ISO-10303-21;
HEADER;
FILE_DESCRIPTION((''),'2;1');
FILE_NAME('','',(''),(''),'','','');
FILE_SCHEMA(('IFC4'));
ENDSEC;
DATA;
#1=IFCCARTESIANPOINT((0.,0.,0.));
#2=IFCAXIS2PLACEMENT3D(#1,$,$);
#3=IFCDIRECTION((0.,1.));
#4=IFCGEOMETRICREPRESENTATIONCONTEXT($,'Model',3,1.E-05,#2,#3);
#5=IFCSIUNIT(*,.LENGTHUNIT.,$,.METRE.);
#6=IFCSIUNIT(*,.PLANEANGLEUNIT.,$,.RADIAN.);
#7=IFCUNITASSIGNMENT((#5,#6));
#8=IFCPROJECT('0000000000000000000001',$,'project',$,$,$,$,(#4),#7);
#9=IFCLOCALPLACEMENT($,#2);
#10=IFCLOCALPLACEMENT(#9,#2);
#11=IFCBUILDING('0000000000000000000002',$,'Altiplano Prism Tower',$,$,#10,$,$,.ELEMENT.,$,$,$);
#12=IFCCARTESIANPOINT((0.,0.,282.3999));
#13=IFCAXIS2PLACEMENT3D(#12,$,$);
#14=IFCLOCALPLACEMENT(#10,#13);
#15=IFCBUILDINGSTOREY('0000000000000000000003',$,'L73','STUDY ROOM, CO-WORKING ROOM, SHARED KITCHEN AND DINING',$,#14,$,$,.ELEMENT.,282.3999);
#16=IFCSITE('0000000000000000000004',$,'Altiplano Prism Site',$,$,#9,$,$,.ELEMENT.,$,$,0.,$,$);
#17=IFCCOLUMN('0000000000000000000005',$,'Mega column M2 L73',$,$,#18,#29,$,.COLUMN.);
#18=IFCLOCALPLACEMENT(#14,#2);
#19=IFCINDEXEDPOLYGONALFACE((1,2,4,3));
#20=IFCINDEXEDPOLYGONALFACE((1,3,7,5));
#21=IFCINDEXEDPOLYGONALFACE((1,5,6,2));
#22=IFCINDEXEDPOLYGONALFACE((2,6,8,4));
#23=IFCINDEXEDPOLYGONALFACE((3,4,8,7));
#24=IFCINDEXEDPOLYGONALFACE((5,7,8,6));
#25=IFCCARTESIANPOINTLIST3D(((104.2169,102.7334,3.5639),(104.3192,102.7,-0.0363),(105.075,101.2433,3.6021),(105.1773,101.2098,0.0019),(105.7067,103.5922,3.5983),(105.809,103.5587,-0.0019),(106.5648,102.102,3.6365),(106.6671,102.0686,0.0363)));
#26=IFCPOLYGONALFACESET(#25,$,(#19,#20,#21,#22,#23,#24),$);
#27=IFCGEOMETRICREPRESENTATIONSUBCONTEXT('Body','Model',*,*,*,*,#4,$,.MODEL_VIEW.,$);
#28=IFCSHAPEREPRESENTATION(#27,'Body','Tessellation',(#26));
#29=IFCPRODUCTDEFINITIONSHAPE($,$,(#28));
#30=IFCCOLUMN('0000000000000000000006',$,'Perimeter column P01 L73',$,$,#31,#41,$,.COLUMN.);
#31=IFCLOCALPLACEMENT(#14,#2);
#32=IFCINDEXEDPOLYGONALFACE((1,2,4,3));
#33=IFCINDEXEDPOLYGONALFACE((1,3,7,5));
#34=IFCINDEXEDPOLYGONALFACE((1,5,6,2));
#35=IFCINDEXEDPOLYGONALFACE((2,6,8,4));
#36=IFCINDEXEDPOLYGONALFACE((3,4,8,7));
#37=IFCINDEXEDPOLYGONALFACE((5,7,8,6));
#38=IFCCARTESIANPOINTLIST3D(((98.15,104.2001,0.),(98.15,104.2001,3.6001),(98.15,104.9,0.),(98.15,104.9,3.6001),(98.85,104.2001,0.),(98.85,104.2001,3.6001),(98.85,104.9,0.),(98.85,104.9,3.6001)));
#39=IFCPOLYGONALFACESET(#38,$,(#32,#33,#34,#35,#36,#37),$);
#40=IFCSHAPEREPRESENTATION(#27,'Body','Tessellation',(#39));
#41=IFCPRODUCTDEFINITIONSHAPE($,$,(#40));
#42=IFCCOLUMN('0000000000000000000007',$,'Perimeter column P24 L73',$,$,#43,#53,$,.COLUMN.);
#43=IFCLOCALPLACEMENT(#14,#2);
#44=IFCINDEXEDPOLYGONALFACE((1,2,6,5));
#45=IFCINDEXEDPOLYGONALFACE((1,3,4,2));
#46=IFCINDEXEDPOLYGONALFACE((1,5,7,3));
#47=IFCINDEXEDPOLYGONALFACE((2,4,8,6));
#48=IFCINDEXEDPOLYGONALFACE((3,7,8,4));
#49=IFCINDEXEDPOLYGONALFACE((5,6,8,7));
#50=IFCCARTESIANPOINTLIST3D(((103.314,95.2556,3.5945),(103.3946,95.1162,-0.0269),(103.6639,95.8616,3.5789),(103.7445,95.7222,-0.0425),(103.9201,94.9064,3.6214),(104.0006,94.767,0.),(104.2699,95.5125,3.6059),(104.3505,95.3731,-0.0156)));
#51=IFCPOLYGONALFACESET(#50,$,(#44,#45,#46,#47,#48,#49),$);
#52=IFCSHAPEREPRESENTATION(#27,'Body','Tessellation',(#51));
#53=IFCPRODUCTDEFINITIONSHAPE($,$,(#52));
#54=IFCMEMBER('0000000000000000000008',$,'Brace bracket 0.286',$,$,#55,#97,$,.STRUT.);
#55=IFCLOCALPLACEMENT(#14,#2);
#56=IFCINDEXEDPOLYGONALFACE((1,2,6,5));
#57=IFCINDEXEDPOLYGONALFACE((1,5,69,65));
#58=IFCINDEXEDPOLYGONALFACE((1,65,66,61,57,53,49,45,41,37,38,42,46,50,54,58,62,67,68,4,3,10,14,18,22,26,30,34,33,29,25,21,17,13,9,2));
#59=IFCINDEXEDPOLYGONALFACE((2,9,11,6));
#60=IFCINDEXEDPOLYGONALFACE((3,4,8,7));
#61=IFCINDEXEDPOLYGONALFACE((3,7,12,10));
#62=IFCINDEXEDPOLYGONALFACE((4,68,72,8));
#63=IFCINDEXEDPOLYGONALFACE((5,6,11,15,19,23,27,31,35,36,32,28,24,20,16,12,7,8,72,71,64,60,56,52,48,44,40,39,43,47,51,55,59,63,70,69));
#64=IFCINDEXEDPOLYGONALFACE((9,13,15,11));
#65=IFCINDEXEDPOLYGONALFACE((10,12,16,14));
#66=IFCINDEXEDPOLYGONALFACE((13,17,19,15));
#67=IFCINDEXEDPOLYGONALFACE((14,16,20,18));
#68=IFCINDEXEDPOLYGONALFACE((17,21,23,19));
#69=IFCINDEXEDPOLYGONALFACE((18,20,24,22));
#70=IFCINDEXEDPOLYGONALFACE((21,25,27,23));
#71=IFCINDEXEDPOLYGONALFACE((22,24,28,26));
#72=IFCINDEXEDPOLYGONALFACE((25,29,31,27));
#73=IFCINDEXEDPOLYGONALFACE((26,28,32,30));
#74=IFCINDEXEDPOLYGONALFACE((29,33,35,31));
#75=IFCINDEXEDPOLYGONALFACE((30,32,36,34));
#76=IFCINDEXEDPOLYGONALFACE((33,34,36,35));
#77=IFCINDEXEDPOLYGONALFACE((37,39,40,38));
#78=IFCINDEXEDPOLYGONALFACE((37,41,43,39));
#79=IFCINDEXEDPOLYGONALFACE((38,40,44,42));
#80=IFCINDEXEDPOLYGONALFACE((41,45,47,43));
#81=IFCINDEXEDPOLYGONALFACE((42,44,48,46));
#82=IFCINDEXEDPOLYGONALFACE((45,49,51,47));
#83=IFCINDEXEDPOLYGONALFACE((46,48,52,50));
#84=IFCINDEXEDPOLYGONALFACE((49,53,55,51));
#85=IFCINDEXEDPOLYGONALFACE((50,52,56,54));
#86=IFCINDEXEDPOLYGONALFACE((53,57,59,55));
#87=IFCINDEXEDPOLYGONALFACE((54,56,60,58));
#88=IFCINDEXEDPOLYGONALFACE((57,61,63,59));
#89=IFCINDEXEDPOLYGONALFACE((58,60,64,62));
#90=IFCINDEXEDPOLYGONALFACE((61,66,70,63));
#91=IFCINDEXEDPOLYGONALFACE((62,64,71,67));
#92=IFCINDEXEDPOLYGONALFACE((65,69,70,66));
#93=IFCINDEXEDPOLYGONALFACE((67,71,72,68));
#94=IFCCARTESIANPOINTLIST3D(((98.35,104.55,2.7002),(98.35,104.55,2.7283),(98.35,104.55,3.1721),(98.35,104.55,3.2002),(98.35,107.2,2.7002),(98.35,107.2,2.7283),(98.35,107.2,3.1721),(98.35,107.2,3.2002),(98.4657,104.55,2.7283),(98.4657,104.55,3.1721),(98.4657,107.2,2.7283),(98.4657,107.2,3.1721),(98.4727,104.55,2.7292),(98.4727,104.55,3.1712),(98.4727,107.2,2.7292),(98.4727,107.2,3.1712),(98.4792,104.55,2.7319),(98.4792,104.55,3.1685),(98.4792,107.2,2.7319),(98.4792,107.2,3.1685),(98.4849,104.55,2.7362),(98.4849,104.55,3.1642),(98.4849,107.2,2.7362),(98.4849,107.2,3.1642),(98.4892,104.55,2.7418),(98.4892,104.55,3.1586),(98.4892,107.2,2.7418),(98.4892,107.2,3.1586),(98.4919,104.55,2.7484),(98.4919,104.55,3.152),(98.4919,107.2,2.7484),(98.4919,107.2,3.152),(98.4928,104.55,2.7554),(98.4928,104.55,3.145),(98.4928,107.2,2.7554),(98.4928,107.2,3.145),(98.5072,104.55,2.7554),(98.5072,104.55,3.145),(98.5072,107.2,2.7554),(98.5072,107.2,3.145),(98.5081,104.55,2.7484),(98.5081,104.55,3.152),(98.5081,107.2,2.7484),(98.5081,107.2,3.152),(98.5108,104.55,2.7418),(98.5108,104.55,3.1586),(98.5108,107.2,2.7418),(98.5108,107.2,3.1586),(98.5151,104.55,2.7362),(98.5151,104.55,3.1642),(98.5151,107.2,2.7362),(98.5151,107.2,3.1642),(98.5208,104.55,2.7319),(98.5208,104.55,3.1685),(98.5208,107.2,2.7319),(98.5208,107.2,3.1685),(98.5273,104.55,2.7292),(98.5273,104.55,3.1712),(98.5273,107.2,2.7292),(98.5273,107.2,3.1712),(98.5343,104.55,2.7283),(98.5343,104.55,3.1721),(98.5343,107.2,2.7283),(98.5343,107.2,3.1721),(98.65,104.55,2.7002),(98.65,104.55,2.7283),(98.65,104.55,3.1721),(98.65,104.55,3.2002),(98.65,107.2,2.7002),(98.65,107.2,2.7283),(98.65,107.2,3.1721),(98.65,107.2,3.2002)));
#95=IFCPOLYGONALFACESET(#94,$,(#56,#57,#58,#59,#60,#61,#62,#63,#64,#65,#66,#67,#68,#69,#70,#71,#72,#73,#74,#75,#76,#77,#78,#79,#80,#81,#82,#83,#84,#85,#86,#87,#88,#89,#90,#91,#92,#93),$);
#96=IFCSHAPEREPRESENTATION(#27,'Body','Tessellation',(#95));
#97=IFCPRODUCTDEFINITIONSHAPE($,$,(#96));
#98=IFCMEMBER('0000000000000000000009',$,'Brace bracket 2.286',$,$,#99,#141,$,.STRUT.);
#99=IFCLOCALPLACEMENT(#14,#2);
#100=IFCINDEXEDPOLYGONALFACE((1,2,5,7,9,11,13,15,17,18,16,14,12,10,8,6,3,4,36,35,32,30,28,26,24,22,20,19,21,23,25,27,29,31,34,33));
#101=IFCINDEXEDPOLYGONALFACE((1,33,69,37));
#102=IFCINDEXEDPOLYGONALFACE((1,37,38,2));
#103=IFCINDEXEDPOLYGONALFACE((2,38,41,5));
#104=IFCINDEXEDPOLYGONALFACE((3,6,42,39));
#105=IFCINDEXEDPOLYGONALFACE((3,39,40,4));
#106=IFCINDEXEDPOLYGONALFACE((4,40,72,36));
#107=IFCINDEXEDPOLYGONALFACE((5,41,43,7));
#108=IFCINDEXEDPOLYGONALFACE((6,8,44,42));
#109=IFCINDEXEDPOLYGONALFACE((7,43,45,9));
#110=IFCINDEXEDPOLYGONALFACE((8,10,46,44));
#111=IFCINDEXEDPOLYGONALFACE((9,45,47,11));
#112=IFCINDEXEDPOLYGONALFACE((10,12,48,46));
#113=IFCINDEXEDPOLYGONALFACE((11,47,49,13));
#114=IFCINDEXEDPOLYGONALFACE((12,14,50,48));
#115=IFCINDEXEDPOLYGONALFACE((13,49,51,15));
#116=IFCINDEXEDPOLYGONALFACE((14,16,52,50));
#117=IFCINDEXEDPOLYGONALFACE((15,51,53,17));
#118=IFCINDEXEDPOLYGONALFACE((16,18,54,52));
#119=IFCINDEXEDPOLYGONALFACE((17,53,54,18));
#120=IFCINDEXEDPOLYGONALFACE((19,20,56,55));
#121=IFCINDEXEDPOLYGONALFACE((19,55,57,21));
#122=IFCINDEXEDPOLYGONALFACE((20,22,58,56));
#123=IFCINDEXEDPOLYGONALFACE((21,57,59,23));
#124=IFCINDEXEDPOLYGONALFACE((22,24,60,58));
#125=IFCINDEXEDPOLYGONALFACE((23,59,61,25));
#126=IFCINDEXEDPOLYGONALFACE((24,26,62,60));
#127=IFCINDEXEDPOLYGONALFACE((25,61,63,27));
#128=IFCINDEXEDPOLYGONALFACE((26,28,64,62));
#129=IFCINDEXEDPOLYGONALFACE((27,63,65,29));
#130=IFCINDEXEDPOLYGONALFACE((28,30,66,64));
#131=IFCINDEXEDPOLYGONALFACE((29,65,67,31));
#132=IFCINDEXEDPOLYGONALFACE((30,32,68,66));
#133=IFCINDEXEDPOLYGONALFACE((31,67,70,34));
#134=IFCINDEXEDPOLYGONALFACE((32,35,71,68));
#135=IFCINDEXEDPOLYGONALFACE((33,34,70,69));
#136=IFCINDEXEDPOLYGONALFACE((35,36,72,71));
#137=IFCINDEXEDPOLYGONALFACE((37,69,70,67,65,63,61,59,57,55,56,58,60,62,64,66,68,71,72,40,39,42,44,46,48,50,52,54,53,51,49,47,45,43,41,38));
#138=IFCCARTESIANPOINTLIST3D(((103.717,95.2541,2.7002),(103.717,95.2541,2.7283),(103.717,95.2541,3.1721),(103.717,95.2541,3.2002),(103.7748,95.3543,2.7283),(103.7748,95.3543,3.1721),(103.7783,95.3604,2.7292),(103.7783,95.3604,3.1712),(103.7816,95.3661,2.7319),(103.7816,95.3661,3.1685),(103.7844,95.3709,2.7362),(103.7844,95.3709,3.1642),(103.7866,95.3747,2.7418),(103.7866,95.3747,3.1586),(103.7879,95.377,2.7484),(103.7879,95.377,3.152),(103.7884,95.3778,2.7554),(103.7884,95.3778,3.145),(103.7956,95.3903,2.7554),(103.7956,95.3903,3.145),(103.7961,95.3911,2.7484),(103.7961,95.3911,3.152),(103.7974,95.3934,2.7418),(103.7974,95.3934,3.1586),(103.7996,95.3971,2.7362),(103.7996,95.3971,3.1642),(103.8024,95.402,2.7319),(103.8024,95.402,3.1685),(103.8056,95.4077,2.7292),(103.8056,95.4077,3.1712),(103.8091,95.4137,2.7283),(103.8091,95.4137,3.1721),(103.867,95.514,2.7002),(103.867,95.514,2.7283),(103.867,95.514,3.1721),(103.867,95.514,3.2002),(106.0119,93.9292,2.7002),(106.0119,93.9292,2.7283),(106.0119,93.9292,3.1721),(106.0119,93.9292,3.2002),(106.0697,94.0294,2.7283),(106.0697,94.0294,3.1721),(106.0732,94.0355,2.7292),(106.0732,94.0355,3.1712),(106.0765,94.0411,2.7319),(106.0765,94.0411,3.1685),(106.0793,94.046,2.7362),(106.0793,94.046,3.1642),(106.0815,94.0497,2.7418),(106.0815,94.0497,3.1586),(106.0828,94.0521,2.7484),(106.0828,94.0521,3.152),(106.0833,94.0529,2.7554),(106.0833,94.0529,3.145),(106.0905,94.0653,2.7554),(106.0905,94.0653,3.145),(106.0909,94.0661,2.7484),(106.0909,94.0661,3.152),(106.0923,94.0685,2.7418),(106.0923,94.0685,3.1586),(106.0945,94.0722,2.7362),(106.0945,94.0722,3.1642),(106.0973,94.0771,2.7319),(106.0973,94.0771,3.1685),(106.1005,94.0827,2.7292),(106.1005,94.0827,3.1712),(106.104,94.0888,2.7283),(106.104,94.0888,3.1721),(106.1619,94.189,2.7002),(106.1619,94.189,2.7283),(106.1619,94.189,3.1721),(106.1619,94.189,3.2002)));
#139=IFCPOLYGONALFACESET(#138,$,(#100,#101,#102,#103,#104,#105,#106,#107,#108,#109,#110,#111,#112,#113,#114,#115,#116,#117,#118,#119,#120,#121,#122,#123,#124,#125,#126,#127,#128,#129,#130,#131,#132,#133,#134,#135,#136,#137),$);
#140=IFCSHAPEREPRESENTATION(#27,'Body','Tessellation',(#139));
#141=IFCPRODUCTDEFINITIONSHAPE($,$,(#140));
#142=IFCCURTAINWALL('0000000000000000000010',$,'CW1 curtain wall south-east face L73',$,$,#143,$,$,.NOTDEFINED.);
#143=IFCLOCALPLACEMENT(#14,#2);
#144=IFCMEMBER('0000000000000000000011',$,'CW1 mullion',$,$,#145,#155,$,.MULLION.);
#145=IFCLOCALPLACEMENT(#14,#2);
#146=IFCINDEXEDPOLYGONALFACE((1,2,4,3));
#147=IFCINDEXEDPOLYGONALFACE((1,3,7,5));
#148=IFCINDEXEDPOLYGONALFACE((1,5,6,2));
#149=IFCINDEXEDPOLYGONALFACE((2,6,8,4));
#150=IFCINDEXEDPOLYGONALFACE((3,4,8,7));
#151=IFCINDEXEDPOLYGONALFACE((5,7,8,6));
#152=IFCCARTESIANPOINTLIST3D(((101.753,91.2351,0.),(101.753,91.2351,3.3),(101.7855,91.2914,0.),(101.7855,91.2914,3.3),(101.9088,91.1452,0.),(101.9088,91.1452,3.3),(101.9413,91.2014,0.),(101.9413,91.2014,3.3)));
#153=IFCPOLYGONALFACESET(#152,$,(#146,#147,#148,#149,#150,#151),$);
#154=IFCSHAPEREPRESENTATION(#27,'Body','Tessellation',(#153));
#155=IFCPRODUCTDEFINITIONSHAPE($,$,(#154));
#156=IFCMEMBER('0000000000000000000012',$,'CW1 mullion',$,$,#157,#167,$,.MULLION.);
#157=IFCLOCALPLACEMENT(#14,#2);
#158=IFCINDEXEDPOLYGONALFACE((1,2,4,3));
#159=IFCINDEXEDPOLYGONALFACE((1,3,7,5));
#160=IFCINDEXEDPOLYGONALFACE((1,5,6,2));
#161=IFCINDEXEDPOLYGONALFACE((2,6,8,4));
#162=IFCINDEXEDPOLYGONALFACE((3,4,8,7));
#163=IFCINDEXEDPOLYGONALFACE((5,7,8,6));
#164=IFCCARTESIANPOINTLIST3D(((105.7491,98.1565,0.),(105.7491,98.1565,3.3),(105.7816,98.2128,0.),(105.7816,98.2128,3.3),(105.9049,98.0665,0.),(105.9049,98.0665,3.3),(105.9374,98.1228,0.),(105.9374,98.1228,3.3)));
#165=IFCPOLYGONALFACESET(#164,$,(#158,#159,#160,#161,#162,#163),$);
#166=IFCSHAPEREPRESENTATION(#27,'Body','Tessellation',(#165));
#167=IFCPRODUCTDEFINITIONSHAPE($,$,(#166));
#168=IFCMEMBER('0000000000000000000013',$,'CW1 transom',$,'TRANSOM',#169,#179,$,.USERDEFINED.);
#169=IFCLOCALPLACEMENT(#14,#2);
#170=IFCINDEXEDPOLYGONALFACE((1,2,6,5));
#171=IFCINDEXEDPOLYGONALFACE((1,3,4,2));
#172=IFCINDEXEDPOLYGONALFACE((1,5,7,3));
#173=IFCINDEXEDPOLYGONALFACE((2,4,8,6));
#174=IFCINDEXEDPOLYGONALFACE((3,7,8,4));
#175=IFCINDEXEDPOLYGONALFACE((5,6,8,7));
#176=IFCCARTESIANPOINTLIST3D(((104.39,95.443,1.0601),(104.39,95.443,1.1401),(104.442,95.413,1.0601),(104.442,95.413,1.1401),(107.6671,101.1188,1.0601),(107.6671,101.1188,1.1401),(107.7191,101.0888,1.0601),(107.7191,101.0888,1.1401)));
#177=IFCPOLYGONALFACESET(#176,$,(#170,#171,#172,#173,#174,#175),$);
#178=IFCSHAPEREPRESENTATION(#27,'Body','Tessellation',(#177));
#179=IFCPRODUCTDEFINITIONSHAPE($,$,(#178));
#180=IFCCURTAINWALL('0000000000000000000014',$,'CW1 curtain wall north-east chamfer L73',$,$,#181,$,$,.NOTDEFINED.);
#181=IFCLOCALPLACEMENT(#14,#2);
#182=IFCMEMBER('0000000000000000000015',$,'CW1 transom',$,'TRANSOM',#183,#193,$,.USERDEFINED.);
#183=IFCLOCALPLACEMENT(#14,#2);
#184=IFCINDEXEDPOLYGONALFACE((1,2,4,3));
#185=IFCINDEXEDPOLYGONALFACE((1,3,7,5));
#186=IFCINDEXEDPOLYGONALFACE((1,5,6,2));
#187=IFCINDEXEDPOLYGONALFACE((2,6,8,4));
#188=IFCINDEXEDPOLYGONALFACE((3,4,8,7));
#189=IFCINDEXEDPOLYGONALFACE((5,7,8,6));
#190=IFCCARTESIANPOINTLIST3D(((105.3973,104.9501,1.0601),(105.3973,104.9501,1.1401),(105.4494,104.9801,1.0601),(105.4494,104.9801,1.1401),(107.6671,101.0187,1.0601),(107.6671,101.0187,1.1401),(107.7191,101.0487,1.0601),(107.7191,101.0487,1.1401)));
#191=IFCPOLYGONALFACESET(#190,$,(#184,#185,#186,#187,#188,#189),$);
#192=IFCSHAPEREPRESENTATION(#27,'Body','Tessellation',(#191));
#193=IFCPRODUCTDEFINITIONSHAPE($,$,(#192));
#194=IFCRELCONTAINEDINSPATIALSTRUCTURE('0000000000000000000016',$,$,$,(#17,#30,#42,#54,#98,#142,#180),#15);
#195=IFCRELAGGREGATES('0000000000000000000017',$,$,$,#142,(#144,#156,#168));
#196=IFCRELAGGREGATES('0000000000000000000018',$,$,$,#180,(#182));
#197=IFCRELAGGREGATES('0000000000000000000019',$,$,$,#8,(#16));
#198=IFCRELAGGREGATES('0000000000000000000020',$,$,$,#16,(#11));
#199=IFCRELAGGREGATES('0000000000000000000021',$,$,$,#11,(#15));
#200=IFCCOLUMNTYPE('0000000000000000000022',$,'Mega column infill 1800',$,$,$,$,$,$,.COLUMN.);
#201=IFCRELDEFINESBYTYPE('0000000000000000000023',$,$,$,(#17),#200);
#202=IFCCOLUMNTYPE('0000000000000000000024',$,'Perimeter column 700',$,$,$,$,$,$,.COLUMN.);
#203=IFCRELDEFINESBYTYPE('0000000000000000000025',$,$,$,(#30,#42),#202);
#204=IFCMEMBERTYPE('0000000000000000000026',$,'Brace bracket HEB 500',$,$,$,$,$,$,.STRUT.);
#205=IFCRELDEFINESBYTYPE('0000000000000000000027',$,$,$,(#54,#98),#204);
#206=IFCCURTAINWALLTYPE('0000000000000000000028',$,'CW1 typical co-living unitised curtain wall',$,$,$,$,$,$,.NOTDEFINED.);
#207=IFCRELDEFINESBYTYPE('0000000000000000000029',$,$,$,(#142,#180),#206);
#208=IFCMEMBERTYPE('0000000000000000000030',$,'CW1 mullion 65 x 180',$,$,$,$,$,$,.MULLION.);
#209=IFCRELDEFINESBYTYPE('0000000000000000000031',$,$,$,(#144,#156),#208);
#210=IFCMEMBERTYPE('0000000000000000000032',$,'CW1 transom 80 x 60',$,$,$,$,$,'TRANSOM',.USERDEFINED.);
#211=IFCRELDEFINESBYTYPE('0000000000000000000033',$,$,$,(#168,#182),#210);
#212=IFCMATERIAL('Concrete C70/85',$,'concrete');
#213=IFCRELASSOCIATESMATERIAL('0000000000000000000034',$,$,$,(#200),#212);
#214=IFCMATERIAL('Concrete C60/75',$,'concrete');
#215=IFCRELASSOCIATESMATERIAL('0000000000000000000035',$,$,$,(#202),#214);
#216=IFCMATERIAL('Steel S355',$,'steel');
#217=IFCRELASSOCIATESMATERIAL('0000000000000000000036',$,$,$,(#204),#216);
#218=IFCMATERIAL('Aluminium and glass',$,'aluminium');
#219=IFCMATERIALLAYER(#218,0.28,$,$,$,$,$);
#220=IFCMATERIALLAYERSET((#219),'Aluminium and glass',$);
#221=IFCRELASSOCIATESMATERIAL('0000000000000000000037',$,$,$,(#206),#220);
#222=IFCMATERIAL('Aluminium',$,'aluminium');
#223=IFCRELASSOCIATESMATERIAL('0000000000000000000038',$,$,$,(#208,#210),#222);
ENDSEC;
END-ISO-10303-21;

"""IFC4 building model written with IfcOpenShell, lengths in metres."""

from ifc_helpers import new_model, si_unit, direction, frame, origin, origin_2d, place, context, subcontext, project, spatial, rectangle, i_section, extrude, material, layer, layer_set, material_profile, profile_set, type_object, element, aggregate, save


model = new_model("IFC4")

# Units and contexts
model_context = context("Model", 3, precision=1e-05, world=origin(), true_north=direction((0.0, 1.0)))
body_context = subcontext(model_context, "Body", "Model", "MODEL_VIEW")
ifc_project = project(units=[si_unit("LENGTHUNIT", "METRE"), si_unit("PLANEANGLEUNIT", "RADIAN")], contexts=[model_context])

# Site, building, storey
site_placement = place(None, origin())
site = spatial("IfcSite", under=ifc_project, at=site_placement, Name="Altiplano Prism Site", CompositionType="ELEMENT", RefElevation=0.0)
building_placement = place(site_placement, origin())
building = spatial("IfcBuilding", under=site, at=building_placement, Name="Altiplano Prism Tower", CompositionType="ELEMENT")
storey_placement = place(building_placement, frame((0.0, 0.0, 282.3999)))
storey = spatial("IfcBuildingStorey", under=building, at=storey_placement, Name="L73", Description="STUDY ROOM, CO-WORKING ROOM, SHARED KITCHEN AND DINING", CompositionType="ELEMENT", Elevation=282.3999)

# Columns
ifc_material_1 = material(Name="Concrete C70/85", Category="concrete")
ifc_material_profile_1 = material_profile(ifc_material_1, rectangle(XDim=1.72, YDim=1.72, at=origin_2d()), Name="Mega column infill 1800")
ifc_profile_set_1 = profile_set([ifc_material_profile_1], Name="Concrete C70/85")
column_type_1 = type_object("IfcColumnType", Name="Mega column infill 1800", PredefinedType="COLUMN", material=ifc_profile_set_1)
column_1_placement = place(storey_placement, frame((105.4932, 102.3843, 0.0), z_axis=(-0.028402, 0.009287, 0.999553), x_axis=(0.498892, -0.866379, 0.022225)))
element("IfcColumn", 1, at=column_1_placement, inside=storey, type_object=column_type_1, Name="Mega column M2 L73", PredefinedType="COLUMN", context=body_context, shape_type="SweptSolid", body=[
    extrude(rectangle(XDim=1.72, YDim=1.72, at=origin_2d()), origin(), (0.0, 0.0, 1.0), 3.6018),
])
ifc_material_2 = material(Name="Concrete C60/75", Category="concrete")
ifc_material_profile_2 = material_profile(ifc_material_2, rectangle(XDim=0.7, YDim=0.7, at=origin_2d()), Name="Perimeter column 700")
ifc_profile_set_2 = profile_set([ifc_material_profile_2], Name="Concrete C60/75")
column_type_2 = type_object("IfcColumnType", Name="Perimeter column 700", PredefinedType="COLUMN", material=ifc_profile_set_2)
column_2_placement = place(storey_placement, frame((98.5, 104.55, 0.0), z_axis=(0.0, 0.0, 1.0), x_axis=(1.0, 0.0, 0.0)))
element("IfcColumn", 2, at=column_2_placement, inside=storey, type_object=column_type_2, Name="Perimeter column P01 L73", PredefinedType="COLUMN", context=body_context, shape_type="SweptSolid", body=[
    extrude(rectangle(XDim=0.7, YDim=0.7, at=origin_2d()), origin(), (0.0, 0.0, 1.0), 3.6001),
])
column_3_placement = place(storey_placement, frame((103.8726, 95.2446, -0.0212), z_axis=(-0.022226, 0.038457, 0.999013), x_axis=(-0.499863, -0.86582, 0.022209)))
element("IfcColumn", 3, at=column_3_placement, inside=storey, type_object=column_type_2, Name="Perimeter column P24 L73", PredefinedType="COLUMN", context=body_context, shape_type="SweptSolid", body=[
    extrude(rectangle(XDim=0.7, YDim=0.7, at=origin_2d()), origin(), (0.0, 0.0, 1.0), 3.625),
])

# Members
ifc_material_3 = material(Name="Steel S355", Category="steel")
ifc_material_profile_3 = material_profile(ifc_material_3, i_section(OverallWidth=0.3, OverallDepth=0.5, WebThickness=0.0144, FlangeThickness=0.0281, FilletRadius=0.0271, at=origin_2d()), Name="Brace bracket HEB 500")
ifc_profile_set_3 = profile_set([ifc_material_profile_3], Name="Steel S355")
member_type_1 = type_object("IfcMemberType", Name="Brace bracket HEB 500", PredefinedType="STRUT", material=ifc_profile_set_3)
for number, where, z_axis, x_axis, name in (
    (4, (98.5, 104.55, 2.9502), (0.0, 1.0, 0.0), (-1.0, 0.0, 0.0), "Brace bracket 0.286"),
    (5, (103.792, 95.384, 2.9502), (0.866029, -0.499994, 0.0), (0.499994, 0.866029, 0.0), "Brace bracket 2.286"),
):
    element("IfcMember", number, at=place(storey_placement, frame(where, z_axis=z_axis, x_axis=x_axis)), inside=storey, type_object=member_type_1, Name=name, PredefinedType="STRUT", context=body_context, shape_type="SweptSolid", body=[
        extrude(i_section(OverallWidth=0.3, OverallDepth=0.5, WebThickness=0.0144, FlangeThickness=0.0281, FilletRadius=0.0271, at=origin_2d()), origin(), (0.0, 0.0, 1.0), 2.6499),
    ])

# Curtain wall, members
ifc_material_4 = material(Name="Aluminium and glass", Category="aluminium")
ifc_layer_1 = layer(ifc_material_4, 0.28)
ifc_layer_set_1 = layer_set([ifc_layer_1], Name="Aluminium and glass")
curtain_wall_type = type_object("IfcCurtainWallType", Name="CW1 typical co-living unitised curtain wall", PredefinedType="NOTDEFINED", material=ifc_layer_set_1)
curtain_wall_1_placement = place(storey_placement, origin())
curtain_wall_1 = element("IfcCurtainWall", 6, at=curtain_wall_1_placement, inside=storey, type_object=curtain_wall_type, Name="CW1 curtain wall south-east face L73", PredefinedType="NOTDEFINED")
ifc_material_5 = material(Name="Aluminium", Category="aluminium")
ifc_material_profile_4 = material_profile(ifc_material_5, rectangle(XDim=0.1799, YDim=0.0649, at=origin_2d()), Name="CW1 mullion 65 x 180")
ifc_profile_set_4 = profile_set([ifc_material_profile_4], Name="Aluminium")
member_type_2 = type_object("IfcMemberType", Name="CW1 mullion 65 x 180", PredefinedType="MULLION", material=ifc_profile_set_4)
member_1_placement = place(storey_placement, frame((101.8472, 91.2183, 0.0), z_axis=(0.0, 0.0, 1.0), x_axis=(-0.866025, 0.5, 0.0)))
member_1 = element("IfcMember", 7, at=member_1_placement, type_object=member_type_2, Name="CW1 mullion", PredefinedType="MULLION", context=body_context, shape_type="SweptSolid", body=[
    extrude(rectangle(XDim=0.1799, YDim=0.0649, at=origin_2d()), origin(), (0.0, 0.0, 1.0), 3.3),
])
member_2_placement = place(storey_placement, frame((105.8433, 98.1396, 0.0), z_axis=(0.0, 0.0, 1.0), x_axis=(-0.866025, 0.5, 0.0)))
member_2 = element("IfcMember", 8, at=member_2_placement, type_object=member_type_2, Name="CW1 mullion", PredefinedType="MULLION", context=body_context, shape_type="SweptSolid", body=[
    extrude(rectangle(XDim=0.1799, YDim=0.0649, at=origin_2d()), origin(), (0.0, 0.0, 1.0), 3.3),
])
ifc_material_profile_5 = material_profile(ifc_material_5, rectangle(XDim=0.0601, YDim=0.0801, at=origin_2d()), Name="CW1 transom 80 x 60")
ifc_profile_set_5 = profile_set([ifc_material_profile_5], Name="Aluminium")
member_type_3 = type_object("IfcMemberType", Name="CW1 transom 80 x 60", ElementType="TRANSOM", PredefinedType="USERDEFINED", material=ifc_profile_set_5)
member_3_placement = place(storey_placement, frame((104.416, 95.428, 1.1001), z_axis=(0.500021, 0.866013, 0.0), x_axis=(-0.866013, 0.500021, 0.0)))
member_3 = element("IfcMember", 9, at=member_3_placement, type_object=member_type_3, Name="CW1 transom", ObjectType="TRANSOM", PredefinedType="USERDEFINED", context=body_context, shape_type="SweptSolid", body=[
    extrude(rectangle(XDim=0.0601, YDim=0.0801, at=origin_2d()), origin(), (0.0, 0.0, 1.0), 6.554),
])

# Curtain wall, member
curtain_wall_2_placement = place(storey_placement, origin())
curtain_wall_2 = element("IfcCurtainWall", 10, at=curtain_wall_2_placement, inside=storey, type_object=curtain_wall_type, Name="CW1 curtain wall north-east chamfer L73", PredefinedType="NOTDEFINED")
member_4_placement = place(storey_placement, frame((107.6931, 101.0337, 1.1001), z_axis=(-0.499997, 0.866027, 0.0), x_axis=(-0.866027, -0.499997, 0.0)))
member_4 = element("IfcMember", 11, at=member_4_placement, type_object=member_type_3, Name="CW1 transom", ObjectType="TRANSOM", PredefinedType="USERDEFINED", context=body_context, shape_type="SweptSolid", body=[
    extrude(rectangle(XDim=0.0601, YDim=0.0801, at=origin_2d()), origin(), (0.0, 0.0, 1.0), 4.5396),
])

aggregate(curtain_wall_1, [member_1, member_2, member_3])
aggregate(curtain_wall_2, [member_4])

save(model, "model.ifc")
